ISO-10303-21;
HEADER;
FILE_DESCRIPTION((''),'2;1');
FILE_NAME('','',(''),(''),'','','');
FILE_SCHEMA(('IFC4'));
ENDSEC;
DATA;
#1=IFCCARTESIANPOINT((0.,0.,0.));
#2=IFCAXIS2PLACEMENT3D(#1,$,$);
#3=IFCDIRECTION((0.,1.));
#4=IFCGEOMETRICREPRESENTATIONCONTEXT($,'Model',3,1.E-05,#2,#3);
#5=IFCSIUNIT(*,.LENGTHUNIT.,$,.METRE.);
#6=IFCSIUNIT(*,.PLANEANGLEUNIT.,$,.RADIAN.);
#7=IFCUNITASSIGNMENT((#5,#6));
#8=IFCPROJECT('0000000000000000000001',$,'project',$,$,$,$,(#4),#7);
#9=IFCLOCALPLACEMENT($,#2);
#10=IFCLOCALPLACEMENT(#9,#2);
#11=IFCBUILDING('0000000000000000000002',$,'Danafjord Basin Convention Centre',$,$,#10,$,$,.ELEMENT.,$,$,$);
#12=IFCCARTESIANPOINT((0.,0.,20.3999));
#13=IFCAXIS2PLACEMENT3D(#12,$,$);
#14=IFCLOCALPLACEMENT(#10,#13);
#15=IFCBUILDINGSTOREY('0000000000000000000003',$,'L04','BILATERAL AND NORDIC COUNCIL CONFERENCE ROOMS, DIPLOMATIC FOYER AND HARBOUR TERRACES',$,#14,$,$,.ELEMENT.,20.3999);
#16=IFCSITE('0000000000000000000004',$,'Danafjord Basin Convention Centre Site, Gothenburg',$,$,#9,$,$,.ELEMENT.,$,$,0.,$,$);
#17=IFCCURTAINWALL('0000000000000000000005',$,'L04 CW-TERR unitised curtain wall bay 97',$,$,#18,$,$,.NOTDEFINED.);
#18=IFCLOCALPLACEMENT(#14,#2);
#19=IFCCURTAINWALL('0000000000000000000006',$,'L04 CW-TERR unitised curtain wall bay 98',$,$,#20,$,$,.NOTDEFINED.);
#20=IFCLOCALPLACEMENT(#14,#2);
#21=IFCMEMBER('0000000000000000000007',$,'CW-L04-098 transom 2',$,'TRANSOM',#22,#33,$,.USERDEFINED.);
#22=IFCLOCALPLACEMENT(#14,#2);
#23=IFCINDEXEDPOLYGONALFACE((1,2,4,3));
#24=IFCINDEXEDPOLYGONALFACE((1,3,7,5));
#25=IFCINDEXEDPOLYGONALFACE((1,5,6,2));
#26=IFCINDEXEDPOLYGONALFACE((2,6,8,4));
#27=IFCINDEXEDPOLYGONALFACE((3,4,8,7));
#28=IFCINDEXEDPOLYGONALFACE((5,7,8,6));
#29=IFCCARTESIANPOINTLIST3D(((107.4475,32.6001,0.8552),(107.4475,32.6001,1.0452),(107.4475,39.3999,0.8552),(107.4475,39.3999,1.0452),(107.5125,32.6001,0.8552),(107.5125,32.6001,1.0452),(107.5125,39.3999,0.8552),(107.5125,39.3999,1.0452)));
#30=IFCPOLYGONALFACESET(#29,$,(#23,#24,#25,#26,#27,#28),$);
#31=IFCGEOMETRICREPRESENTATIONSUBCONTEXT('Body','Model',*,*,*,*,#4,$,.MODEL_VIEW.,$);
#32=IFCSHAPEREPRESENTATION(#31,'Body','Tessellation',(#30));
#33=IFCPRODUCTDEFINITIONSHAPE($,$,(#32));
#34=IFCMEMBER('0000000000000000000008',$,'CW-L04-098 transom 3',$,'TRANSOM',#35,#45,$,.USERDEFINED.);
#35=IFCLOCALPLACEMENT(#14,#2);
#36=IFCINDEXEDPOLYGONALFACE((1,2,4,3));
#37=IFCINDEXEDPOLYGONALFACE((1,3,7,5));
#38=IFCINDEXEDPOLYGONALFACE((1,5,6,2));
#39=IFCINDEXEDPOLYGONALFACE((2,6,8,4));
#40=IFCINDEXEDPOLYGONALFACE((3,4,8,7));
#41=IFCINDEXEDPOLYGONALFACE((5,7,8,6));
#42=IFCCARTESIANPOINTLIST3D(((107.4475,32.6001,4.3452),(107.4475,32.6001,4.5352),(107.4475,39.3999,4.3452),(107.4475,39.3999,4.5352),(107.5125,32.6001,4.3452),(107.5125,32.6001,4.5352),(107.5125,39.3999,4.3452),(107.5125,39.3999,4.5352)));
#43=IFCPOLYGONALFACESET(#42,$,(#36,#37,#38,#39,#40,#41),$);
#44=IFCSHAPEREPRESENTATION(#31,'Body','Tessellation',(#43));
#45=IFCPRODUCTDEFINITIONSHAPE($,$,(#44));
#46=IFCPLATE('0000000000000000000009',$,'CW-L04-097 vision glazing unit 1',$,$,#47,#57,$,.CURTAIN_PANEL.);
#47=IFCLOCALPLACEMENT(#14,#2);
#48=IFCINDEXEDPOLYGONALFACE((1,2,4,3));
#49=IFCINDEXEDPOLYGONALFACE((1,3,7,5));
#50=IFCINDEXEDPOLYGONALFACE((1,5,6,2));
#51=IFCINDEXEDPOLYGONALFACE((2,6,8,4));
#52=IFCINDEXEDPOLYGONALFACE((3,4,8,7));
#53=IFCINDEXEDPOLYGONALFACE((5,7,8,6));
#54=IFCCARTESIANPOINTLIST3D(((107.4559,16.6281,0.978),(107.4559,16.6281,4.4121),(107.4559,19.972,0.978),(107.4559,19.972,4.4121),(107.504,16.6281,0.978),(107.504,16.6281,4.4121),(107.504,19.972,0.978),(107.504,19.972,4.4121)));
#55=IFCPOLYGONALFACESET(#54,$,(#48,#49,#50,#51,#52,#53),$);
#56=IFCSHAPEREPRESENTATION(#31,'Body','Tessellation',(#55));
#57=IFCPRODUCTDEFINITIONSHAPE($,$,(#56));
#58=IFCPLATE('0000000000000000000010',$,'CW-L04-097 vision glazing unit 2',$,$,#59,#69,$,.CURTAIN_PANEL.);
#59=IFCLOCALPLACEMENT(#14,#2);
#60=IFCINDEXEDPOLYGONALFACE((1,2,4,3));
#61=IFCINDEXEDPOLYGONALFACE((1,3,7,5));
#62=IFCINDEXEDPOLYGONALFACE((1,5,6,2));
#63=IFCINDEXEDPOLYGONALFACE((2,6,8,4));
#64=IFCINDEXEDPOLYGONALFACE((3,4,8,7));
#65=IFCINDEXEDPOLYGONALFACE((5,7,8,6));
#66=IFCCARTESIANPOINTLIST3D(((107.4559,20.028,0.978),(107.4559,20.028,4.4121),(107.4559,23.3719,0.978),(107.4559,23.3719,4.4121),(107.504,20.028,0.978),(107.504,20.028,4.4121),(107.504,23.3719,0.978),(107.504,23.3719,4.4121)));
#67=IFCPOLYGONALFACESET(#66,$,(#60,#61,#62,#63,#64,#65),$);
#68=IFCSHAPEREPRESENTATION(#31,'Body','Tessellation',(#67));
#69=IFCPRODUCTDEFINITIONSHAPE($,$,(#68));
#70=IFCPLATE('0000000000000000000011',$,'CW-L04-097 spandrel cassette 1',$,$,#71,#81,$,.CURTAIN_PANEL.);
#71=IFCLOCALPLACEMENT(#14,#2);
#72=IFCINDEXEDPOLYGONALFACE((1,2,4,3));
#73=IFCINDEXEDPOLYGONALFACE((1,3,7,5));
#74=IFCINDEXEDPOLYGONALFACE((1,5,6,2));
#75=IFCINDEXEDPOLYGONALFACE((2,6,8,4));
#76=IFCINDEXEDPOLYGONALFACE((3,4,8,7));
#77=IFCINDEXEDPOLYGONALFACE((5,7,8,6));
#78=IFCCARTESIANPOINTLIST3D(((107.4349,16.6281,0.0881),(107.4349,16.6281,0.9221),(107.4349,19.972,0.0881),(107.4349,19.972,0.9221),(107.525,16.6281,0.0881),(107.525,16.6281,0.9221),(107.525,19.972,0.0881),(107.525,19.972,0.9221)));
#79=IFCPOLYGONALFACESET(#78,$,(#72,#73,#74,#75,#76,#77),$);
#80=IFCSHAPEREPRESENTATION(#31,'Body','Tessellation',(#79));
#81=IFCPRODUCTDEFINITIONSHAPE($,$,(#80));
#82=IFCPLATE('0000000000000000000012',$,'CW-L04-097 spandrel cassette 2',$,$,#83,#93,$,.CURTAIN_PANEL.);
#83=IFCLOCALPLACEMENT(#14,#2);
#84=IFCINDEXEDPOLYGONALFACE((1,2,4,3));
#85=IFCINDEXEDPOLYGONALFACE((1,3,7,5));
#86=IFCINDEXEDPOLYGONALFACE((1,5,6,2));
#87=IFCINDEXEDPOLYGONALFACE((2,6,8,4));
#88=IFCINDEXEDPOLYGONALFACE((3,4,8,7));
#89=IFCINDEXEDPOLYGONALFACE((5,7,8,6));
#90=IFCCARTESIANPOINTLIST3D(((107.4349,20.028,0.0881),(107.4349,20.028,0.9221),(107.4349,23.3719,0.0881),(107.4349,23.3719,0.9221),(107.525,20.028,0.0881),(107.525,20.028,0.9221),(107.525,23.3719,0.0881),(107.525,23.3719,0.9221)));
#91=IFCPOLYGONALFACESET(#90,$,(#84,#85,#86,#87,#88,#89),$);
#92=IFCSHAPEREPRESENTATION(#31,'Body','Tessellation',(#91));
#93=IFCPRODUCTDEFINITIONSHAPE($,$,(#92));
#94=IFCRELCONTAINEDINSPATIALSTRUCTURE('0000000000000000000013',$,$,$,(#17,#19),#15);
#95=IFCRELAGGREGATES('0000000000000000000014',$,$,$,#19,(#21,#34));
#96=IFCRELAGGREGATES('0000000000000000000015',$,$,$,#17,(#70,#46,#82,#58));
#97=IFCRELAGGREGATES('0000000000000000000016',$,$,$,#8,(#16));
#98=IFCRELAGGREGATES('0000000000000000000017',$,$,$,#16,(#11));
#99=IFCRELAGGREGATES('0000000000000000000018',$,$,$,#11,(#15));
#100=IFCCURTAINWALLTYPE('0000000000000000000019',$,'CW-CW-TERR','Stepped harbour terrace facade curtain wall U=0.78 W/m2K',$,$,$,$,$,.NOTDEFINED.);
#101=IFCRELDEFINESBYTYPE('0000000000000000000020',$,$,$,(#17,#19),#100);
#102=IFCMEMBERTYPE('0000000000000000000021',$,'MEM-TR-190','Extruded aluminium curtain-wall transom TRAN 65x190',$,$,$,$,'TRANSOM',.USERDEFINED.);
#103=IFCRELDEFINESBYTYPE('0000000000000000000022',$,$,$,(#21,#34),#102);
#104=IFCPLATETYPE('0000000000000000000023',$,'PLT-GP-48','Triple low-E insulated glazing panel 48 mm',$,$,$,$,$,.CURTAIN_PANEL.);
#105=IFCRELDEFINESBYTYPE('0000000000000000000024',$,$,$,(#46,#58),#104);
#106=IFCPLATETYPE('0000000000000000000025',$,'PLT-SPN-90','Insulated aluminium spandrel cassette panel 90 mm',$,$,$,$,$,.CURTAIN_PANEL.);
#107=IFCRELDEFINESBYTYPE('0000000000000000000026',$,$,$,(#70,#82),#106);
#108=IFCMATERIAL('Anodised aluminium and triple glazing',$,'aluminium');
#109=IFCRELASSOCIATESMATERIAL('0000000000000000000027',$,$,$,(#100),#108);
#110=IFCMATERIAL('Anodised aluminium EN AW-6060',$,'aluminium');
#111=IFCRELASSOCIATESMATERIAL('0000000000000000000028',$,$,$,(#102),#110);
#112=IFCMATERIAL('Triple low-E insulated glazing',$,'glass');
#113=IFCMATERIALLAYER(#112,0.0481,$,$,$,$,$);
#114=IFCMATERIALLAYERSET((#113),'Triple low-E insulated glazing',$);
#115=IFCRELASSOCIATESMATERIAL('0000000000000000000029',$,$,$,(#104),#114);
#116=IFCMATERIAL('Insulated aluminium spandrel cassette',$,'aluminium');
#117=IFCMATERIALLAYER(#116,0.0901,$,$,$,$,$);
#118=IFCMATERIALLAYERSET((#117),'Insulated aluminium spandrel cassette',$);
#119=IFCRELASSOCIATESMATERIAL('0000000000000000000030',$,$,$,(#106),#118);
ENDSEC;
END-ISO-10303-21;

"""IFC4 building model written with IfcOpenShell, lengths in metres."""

from ifc_helpers import new_model, si_unit, direction, frame, origin, origin_2d, place, context, subcontext, project, spatial, rectangle, extrude, material, layer, layer_set, material_profile, profile_set, type_object, element, aggregate, save


model = new_model("IFC4")

# Units and contexts
model_context = context("Model", 3, precision=1e-05, world=origin(), true_north=direction((0.0, 1.0)))
body_context = subcontext(model_context, "Body", "Model", "MODEL_VIEW")
ifc_project = project(units=[si_unit("LENGTHUNIT", "METRE"), si_unit("PLANEANGLEUNIT", "RADIAN")], contexts=[model_context])

# Site, building, storey
site_placement = place(None, origin())
site = spatial("IfcSite", under=ifc_project, at=site_placement, Name="Danafjord Basin Convention Centre Site, Gothenburg", CompositionType="ELEMENT", RefElevation=0.0)
building_placement = place(site_placement, origin())
building = spatial("IfcBuilding", under=site, at=building_placement, Name="Danafjord Basin Convention Centre", CompositionType="ELEMENT")
storey_placement = place(building_placement, frame((0.0, 0.0, 20.3999)))
storey = spatial("IfcBuildingStorey", under=building, at=storey_placement, Name="L04", Description="BILATERAL AND NORDIC COUNCIL CONFERENCE ROOMS, DIPLOMATIC FOYER AND HARBOUR TERRACES", CompositionType="ELEMENT", Elevation=20.3999)

# Curtain walls
ifc_material_1 = material(Name="Anodised aluminium and triple glazing", Category="aluminium")
curtain_wall_type = type_object("IfcCurtainWallType", Name="CW-CW-TERR", Description="Stepped harbour terrace facade curtain wall U=0.78 W/m2K", PredefinedType="NOTDEFINED", material=ifc_material_1)
curtain_wall_1_placement = place(storey_placement, origin())
curtain_wall_1 = element("IfcCurtainWall", 1, at=curtain_wall_1_placement, inside=storey, type_object=curtain_wall_type, Name="L04 CW-TERR unitised curtain wall bay 97", PredefinedType="NOTDEFINED")
ifc_material_2 = material(Name="Anodised aluminium EN AW-6060", Category="aluminium")
curtain_wall_2_placement = place(storey_placement, origin())
curtain_wall_2 = element("IfcCurtainWall", 2, at=curtain_wall_2_placement, inside=storey, type_object=curtain_wall_type, Name="L04 CW-TERR unitised curtain wall bay 98", PredefinedType="NOTDEFINED")

# Members
ifc_material_profile_1 = material_profile(ifc_material_2, rectangle(XDim=0.0649, YDim=0.1899, at=origin_2d()), Name="TRAN 65x190")
ifc_profile_set_1 = profile_set([ifc_material_profile_1], Name="Anodised aluminium EN AW-6060")
member_type_1 = type_object("IfcMemberType", Name="MEM-TR-190", Description="Extruded aluminium curtain-wall transom TRAN 65x190", ElementType="TRANSOM", PredefinedType="USERDEFINED", material=ifc_profile_set_1)
member_1_placement = place(storey_placement, frame((107.48, 32.6001, 0.9502), z_axis=(0.0, 1.0, 0.0), x_axis=(-1.0, 0.0, 0.0)))
member_1 = element("IfcMember", 3, at=member_1_placement, type_object=member_type_1, Name="CW-L04-098 transom 2", ObjectType="TRANSOM", PredefinedType="USERDEFINED", context=body_context, shape_type="SweptSolid", body=[
    extrude(rectangle(XDim=0.0649, YDim=0.1899, at=origin_2d()), origin(), (0.0, 0.0, 1.0), 6.7998),
])
member_2_placement = place(storey_placement, frame((107.48, 32.6001, 4.4402), z_axis=(0.0, 1.0, 0.0), x_axis=(-1.0, 0.0, 0.0)))
member_2 = element("IfcMember", 4, at=member_2_placement, type_object=member_type_1, Name="CW-L04-098 transom 3", ObjectType="TRANSOM", PredefinedType="USERDEFINED", context=body_context, shape_type="SweptSolid", body=[
    extrude(rectangle(XDim=0.0649, YDim=0.1899, at=origin_2d()), origin(), (0.0, 0.0, 1.0), 6.7998),
])
aggregate(curtain_wall_2, [member_1, member_2])

# Plates
ifc_material_3 = material(Name="Triple low-E insulated glazing", Category="glass")
ifc_layer_1 = layer(ifc_material_3, 0.0481)
ifc_layer_set_1 = layer_set([ifc_layer_1], Name="Triple low-E insulated glazing")
plate_type_1 = type_object("IfcPlateType", Name="PLT-GP-48", Description="Triple low-E insulated glazing panel 48 mm", PredefinedType="CURTAIN_PANEL", material=ifc_layer_set_1)
plate_1_placement = place(storey_placement, frame((107.48, 18.3, 0.978), z_axis=(0.0, 0.0, 1.0), x_axis=(0.0, 1.0, 0.0)))
plate_1 = element("IfcPlate", 5, at=plate_1_placement, type_object=plate_type_1, Name="CW-L04-097 vision glazing unit 1", PredefinedType="CURTAIN_PANEL", context=body_context, shape_type="SweptSolid", body=[
    extrude(rectangle(XDim=3.344, YDim=0.0481, at=origin_2d()), origin(), (0.0, 0.0, 1.0), 3.4341),
])
plate_2_placement = place(storey_placement, frame((107.48, 21.7, 0.978), z_axis=(0.0, 0.0, 1.0), x_axis=(0.0, 1.0, 0.0)))
plate_2 = element("IfcPlate", 6, at=plate_2_placement, type_object=plate_type_1, Name="CW-L04-097 vision glazing unit 2", PredefinedType="CURTAIN_PANEL", context=body_context, shape_type="SweptSolid", body=[
    extrude(rectangle(XDim=3.344, YDim=0.0481, at=origin_2d()), origin(), (0.0, 0.0, 1.0), 3.4341),
])
ifc_material_4 = material(Name="Insulated aluminium spandrel cassette", Category="aluminium")
ifc_layer_2 = layer(ifc_material_4, 0.0901)
ifc_layer_set_2 = layer_set([ifc_layer_2], Name="Insulated aluminium spandrel cassette")
plate_type_2 = type_object("IfcPlateType", Name="PLT-SPN-90", Description="Insulated aluminium spandrel cassette panel 90 mm", PredefinedType="CURTAIN_PANEL", material=ifc_layer_set_2)
plate_3_placement = place(storey_placement, frame((107.48, 18.3, 0.0881), z_axis=(0.0, 0.0, 1.0), x_axis=(0.0, 1.0, 0.0)))
plate_3 = element("IfcPlate", 7, at=plate_3_placement, type_object=plate_type_2, Name="CW-L04-097 spandrel cassette 1", PredefinedType="CURTAIN_PANEL", context=body_context, shape_type="SweptSolid", body=[
    extrude(rectangle(XDim=3.344, YDim=0.0901, at=origin_2d()), origin(), (0.0, 0.0, 1.0), 0.834),
])
plate_4_placement = place(storey_placement, frame((107.48, 21.7, 0.0881), z_axis=(0.0, 0.0, 1.0), x_axis=(0.0, 1.0, 0.0)))
plate_4 = element("IfcPlate", 8, at=plate_4_placement, type_object=plate_type_2, Name="CW-L04-097 spandrel cassette 2", PredefinedType="CURTAIN_PANEL", context=body_context, shape_type="SweptSolid", body=[
    extrude(rectangle(XDim=3.344, YDim=0.0901, at=origin_2d()), origin(), (0.0, 0.0, 1.0), 0.834),
])
aggregate(curtain_wall_1, [plate_3, plate_1, plate_4, plate_2])

save(model, "model.ifc")
